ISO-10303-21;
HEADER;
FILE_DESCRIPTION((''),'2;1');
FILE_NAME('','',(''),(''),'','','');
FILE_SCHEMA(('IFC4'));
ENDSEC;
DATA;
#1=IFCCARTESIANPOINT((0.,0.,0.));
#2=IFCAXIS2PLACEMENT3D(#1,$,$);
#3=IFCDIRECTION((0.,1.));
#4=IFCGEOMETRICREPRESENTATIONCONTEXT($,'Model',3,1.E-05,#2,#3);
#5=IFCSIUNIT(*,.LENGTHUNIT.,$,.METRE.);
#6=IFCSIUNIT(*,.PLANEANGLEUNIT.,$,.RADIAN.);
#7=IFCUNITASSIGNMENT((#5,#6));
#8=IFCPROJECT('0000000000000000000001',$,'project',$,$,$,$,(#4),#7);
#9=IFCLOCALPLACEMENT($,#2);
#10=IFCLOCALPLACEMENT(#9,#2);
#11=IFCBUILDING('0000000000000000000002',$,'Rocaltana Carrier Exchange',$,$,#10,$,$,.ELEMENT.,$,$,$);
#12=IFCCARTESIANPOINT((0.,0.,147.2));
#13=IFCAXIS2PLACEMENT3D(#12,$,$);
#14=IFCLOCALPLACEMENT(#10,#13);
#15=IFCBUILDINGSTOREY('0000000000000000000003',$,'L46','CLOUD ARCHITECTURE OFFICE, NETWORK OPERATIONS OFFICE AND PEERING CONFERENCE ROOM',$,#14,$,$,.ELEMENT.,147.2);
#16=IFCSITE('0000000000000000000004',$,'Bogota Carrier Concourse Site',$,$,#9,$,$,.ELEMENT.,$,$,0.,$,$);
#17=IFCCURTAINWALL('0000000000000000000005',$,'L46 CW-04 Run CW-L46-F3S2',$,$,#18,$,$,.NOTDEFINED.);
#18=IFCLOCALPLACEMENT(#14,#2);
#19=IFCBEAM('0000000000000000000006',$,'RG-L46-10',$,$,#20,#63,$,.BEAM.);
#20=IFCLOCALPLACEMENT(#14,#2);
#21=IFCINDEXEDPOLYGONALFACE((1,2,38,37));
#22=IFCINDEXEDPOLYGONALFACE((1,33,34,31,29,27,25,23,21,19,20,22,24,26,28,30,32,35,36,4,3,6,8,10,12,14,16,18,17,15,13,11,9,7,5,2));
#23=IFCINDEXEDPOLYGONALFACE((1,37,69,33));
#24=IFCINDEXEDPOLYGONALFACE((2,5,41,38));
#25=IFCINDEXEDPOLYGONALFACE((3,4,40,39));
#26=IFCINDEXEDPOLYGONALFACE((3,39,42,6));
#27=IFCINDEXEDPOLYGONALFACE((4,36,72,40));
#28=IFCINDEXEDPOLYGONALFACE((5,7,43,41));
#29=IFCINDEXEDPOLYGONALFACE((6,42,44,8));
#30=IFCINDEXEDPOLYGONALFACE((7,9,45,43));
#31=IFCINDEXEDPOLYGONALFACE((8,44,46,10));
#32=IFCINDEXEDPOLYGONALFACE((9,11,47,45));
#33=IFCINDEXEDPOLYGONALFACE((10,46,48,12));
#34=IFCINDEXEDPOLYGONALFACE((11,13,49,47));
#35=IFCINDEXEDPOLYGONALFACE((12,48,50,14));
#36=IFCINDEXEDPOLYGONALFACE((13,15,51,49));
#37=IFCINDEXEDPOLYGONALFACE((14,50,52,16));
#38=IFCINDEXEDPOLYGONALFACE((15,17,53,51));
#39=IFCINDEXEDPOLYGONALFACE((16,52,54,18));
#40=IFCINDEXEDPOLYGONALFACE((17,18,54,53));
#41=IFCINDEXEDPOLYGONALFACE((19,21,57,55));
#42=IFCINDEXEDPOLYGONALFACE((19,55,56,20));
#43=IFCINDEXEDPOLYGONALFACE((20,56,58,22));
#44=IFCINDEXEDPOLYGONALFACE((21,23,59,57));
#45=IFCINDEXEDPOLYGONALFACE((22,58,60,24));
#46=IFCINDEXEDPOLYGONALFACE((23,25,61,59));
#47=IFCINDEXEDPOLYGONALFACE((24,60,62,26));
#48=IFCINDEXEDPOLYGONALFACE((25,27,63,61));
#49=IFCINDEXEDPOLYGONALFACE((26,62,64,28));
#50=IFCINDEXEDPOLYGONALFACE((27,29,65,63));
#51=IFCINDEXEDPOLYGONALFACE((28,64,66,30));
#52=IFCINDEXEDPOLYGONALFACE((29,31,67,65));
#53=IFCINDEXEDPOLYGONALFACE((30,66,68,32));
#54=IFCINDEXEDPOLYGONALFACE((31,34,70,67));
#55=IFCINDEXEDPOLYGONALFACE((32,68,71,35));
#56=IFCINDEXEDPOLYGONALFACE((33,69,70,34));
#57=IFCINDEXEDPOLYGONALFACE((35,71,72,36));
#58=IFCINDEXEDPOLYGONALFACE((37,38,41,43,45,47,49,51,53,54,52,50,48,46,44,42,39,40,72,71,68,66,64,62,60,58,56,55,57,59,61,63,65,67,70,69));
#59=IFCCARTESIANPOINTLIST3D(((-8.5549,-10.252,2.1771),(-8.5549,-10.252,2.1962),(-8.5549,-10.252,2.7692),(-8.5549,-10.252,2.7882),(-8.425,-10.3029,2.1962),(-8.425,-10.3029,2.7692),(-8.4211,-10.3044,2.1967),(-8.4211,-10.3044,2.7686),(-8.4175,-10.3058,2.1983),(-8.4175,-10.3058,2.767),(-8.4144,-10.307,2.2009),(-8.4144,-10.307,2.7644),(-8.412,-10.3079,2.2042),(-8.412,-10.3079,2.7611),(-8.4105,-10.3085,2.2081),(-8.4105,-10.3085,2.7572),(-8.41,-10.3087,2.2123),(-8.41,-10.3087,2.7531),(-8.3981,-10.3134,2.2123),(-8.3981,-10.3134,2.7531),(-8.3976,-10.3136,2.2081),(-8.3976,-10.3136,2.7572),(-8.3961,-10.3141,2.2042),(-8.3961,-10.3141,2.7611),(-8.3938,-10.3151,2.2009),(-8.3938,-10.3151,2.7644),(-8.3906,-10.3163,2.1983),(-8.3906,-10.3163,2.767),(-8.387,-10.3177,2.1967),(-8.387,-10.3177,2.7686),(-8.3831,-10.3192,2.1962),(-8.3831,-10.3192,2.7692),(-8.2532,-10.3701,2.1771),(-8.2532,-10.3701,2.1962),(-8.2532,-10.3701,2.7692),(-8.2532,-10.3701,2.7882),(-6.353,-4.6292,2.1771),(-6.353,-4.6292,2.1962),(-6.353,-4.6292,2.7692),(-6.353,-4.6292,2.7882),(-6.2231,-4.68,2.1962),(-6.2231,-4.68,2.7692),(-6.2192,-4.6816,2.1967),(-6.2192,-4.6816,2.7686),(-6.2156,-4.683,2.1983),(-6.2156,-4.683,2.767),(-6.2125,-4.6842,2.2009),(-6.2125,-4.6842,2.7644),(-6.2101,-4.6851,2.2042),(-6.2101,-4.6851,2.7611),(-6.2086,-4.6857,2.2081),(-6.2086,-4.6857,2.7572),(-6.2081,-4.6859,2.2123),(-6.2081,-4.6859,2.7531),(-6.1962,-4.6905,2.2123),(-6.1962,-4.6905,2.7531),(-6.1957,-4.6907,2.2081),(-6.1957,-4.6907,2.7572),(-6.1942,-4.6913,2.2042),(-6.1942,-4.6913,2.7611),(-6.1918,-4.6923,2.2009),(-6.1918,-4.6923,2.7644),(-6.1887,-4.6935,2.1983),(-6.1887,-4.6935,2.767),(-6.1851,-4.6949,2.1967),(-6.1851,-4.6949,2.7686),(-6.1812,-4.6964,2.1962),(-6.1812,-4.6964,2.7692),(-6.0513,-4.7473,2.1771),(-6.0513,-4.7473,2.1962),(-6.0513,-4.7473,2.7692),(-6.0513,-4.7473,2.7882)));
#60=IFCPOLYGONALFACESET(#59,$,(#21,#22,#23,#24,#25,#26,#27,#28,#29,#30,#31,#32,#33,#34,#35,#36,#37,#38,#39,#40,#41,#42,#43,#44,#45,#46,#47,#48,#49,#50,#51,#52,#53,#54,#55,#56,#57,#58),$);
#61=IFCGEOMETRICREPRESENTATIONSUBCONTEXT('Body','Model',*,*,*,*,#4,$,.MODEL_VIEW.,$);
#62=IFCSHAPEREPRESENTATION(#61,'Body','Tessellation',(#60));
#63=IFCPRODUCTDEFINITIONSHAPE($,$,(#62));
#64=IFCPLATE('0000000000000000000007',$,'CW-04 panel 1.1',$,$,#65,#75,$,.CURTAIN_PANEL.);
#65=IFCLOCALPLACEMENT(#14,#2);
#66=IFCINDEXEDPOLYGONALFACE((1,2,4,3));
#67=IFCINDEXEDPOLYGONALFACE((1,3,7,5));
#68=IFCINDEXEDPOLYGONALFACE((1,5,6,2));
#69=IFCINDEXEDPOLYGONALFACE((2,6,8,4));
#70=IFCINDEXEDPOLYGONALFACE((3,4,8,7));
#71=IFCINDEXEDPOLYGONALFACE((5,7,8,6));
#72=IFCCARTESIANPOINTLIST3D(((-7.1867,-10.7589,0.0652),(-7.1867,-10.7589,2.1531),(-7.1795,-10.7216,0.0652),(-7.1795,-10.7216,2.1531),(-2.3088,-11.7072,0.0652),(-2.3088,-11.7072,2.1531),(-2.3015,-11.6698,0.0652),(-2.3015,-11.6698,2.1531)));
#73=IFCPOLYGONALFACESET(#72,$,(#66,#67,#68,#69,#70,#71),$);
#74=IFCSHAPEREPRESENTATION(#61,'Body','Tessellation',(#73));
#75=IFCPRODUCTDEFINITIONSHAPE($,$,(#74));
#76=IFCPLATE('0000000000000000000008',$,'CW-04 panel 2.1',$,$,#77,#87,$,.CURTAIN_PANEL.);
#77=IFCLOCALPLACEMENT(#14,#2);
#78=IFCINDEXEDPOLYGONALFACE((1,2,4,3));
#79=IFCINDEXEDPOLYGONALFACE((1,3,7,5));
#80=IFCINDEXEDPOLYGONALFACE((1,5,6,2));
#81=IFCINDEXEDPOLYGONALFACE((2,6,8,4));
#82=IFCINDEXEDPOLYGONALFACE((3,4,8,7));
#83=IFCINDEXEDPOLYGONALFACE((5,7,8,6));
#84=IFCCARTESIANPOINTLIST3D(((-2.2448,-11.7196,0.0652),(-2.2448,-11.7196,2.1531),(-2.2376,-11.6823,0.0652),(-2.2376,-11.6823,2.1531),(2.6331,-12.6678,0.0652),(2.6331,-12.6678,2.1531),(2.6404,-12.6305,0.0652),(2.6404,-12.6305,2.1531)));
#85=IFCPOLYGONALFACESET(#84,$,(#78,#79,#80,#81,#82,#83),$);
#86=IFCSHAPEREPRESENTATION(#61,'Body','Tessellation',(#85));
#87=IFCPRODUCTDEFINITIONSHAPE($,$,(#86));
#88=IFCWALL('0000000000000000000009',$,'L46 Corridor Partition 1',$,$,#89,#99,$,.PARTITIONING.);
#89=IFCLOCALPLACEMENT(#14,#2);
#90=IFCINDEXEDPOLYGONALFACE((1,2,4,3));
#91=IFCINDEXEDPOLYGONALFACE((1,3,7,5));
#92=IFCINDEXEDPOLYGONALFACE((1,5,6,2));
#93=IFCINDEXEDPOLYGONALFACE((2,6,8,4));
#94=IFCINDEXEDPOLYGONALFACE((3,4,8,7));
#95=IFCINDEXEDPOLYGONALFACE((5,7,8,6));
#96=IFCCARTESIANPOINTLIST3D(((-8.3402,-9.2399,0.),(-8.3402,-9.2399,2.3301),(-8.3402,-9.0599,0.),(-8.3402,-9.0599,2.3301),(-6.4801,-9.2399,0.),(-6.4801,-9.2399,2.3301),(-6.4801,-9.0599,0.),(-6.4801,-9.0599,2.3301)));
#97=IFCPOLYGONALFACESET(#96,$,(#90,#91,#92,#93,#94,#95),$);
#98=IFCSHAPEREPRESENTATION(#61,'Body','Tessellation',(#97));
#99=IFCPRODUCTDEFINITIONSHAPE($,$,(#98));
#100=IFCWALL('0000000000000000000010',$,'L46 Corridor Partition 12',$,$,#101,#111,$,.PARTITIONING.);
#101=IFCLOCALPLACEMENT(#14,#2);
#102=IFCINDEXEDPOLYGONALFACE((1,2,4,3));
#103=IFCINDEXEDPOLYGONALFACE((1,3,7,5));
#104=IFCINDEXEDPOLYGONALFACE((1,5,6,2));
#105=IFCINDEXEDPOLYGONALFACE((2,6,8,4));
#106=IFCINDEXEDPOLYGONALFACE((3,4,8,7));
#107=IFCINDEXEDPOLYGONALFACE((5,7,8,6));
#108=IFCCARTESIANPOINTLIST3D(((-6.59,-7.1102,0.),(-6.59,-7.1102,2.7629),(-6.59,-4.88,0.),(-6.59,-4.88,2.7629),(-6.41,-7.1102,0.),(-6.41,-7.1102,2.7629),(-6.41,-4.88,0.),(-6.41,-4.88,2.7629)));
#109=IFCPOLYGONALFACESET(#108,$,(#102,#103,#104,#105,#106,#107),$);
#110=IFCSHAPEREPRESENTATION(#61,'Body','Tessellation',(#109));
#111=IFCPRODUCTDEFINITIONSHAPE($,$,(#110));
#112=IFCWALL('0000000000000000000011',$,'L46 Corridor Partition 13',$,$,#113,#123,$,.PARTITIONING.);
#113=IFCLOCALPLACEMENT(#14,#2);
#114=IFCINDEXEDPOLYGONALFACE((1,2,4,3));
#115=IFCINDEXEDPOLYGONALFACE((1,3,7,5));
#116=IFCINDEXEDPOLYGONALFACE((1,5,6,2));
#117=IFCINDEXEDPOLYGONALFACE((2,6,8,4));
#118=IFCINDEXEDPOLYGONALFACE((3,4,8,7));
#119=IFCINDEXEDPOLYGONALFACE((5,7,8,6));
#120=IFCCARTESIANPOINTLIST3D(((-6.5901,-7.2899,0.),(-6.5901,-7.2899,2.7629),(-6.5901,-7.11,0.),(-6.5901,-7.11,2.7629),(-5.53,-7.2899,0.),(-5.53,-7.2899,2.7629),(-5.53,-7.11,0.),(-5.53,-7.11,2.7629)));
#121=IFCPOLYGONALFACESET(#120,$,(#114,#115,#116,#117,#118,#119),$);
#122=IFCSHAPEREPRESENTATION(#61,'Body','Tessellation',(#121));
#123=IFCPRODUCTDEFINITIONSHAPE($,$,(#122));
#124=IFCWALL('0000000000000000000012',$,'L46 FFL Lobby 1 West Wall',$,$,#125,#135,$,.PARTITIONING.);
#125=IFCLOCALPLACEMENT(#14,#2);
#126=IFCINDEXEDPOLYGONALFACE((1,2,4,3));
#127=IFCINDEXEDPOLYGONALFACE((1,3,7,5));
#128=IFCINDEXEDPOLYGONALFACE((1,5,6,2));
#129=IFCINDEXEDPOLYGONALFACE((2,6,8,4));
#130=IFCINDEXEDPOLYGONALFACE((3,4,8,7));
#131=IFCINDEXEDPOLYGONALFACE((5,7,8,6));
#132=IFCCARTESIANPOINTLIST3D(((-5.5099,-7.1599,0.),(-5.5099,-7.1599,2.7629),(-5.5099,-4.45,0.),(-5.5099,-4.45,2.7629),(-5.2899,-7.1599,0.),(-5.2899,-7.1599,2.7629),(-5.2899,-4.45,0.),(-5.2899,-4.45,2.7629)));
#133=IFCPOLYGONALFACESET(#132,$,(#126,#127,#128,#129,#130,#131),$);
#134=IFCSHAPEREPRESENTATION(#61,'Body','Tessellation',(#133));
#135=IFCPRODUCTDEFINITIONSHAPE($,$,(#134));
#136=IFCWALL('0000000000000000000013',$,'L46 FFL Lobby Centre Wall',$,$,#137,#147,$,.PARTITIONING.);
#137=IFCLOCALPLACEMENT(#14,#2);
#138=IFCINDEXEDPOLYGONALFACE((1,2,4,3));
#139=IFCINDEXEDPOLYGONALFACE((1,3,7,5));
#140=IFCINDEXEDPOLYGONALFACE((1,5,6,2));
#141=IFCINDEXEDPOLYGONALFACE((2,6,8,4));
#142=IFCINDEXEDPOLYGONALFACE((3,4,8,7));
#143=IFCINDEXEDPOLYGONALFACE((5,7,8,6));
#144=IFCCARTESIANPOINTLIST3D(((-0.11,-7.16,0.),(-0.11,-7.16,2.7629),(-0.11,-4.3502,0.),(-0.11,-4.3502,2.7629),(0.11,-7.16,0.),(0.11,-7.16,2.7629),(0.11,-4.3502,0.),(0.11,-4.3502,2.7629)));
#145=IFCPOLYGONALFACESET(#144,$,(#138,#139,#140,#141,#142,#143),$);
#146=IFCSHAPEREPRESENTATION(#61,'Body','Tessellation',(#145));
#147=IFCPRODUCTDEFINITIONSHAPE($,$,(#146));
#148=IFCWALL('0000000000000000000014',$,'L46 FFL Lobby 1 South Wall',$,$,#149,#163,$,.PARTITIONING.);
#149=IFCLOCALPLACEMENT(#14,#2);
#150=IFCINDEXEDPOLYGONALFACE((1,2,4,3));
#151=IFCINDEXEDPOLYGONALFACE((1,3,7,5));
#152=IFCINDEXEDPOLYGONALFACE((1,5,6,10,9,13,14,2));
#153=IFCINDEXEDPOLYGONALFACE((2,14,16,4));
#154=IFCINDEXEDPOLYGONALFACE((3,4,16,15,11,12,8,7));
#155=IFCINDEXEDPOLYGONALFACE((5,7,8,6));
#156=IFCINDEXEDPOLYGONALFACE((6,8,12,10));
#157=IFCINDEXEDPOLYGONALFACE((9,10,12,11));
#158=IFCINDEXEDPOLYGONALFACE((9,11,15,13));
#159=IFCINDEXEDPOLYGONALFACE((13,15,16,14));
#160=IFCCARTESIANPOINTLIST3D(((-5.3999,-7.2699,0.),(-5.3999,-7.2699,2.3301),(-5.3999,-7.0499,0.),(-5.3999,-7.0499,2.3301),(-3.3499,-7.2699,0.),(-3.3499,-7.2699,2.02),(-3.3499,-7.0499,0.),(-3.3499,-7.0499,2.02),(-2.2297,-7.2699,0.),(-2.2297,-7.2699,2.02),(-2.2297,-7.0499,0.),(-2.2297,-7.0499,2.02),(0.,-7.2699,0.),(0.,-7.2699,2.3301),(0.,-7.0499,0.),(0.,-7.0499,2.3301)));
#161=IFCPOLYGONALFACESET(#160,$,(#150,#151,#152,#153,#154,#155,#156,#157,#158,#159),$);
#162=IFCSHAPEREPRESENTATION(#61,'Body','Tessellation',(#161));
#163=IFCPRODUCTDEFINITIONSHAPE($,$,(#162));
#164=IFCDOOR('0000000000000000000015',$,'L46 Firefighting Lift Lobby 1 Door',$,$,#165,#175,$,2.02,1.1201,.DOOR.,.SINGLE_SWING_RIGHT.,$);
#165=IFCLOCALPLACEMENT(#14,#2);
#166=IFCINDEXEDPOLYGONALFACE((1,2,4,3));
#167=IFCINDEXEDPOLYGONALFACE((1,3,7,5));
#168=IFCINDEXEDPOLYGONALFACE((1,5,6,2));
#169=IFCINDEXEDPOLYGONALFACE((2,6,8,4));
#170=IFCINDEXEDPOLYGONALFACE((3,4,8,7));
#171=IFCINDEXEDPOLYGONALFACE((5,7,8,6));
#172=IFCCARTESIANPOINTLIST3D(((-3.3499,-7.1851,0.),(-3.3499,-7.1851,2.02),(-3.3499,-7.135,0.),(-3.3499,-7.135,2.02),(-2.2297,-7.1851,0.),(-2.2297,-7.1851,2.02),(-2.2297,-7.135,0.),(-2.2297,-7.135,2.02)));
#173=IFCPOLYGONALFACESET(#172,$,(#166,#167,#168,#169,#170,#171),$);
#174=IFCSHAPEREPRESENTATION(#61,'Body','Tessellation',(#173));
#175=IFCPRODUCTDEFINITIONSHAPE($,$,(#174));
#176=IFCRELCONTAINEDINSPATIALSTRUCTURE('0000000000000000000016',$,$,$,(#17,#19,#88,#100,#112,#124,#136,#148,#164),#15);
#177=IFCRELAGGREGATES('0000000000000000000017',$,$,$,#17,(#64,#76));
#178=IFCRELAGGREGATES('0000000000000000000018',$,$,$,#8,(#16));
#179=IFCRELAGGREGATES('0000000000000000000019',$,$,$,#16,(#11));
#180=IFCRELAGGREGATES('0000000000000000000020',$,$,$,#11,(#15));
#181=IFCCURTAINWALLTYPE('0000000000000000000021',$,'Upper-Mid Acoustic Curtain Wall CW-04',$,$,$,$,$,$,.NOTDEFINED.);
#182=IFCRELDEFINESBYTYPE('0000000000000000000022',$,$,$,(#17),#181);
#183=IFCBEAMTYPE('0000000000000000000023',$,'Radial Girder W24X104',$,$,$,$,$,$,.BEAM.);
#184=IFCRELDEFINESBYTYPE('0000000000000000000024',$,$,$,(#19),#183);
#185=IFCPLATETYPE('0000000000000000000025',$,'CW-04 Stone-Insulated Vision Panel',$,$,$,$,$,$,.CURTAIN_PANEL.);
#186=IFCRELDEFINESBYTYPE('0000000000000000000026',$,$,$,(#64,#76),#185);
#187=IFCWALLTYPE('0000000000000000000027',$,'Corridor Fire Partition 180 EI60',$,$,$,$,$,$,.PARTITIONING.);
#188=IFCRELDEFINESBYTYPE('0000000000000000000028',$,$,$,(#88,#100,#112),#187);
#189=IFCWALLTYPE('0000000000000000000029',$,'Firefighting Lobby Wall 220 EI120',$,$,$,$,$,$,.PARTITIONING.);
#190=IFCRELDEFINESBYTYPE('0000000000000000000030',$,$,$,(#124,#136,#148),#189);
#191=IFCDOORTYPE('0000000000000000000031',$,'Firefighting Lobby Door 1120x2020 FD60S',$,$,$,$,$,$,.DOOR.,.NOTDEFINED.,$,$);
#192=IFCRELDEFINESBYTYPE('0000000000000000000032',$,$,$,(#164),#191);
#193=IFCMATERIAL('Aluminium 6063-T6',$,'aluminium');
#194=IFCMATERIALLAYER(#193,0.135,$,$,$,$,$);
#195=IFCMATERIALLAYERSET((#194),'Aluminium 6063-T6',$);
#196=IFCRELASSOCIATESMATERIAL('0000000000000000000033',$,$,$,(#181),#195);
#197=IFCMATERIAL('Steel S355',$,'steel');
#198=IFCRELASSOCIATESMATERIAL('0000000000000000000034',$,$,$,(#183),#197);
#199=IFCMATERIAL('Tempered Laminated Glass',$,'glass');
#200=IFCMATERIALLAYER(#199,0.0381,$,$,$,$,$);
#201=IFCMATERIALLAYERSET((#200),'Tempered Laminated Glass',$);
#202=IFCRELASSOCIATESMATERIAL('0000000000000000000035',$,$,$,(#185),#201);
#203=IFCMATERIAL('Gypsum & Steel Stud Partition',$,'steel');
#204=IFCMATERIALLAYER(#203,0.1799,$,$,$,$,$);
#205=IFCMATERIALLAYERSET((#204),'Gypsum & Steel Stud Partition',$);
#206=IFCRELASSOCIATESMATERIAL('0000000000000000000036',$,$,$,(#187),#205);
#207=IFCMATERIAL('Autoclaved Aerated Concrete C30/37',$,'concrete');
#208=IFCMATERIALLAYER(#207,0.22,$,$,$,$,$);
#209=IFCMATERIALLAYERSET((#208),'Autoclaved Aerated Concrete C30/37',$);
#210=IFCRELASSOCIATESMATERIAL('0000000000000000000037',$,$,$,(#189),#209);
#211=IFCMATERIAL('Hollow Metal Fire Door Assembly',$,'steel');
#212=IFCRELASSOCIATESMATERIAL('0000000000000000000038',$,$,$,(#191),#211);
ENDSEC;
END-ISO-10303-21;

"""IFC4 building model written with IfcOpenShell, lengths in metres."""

from ifc_helpers import new_model, si_unit, direction, frame, frame_2d, origin, origin_2d, place, context, subcontext, project, spatial, rectangle, i_section, extrude, material, layer, layer_set, material_profile, profile_set, type_object, element, fill, aggregate, save


model = new_model("IFC4")

# Units and contexts
model_context = context("Model", 3, precision=1e-05, world=origin(), true_north=direction((0.0, 1.0)))
body_context = subcontext(model_context, "Body", "Model", "MODEL_VIEW")
ifc_project = project(units=[si_unit("LENGTHUNIT", "METRE"), si_unit("PLANEANGLEUNIT", "RADIAN")], contexts=[model_context])

# Site, building, storey
site_placement = place(None, origin())
site = spatial("IfcSite", under=ifc_project, at=site_placement, Name="Bogota Carrier Concourse Site", CompositionType="ELEMENT", RefElevation=0.0)
building_placement = place(site_placement, origin())
building = spatial("IfcBuilding", under=site, at=building_placement, Name="Rocaltana Carrier Exchange", CompositionType="ELEMENT")
storey_placement = place(building_placement, frame((0.0, 0.0, 147.2)))
storey = spatial("IfcBuildingStorey", under=building, at=storey_placement, Name="L46", Description="CLOUD ARCHITECTURE OFFICE, NETWORK OPERATIONS OFFICE AND PEERING CONFERENCE ROOM", CompositionType="ELEMENT", Elevation=147.2)

# Curtain wall
ifc_material_1 = material(Name="Aluminium 6063-T6", Category="aluminium")
ifc_layer_1 = layer(ifc_material_1, 0.135)
ifc_layer_set_1 = layer_set([ifc_layer_1], Name="Aluminium 6063-T6")
curtain_wall_type = type_object("IfcCurtainWallType", Name="Upper-Mid Acoustic Curtain Wall CW-04", PredefinedType="NOTDEFINED", material=ifc_layer_set_1)
curtain_wall_placement = place(storey_placement, origin())
curtain_wall = element("IfcCurtainWall", 1, at=curtain_wall_placement, inside=storey, type_object=curtain_wall_type, Name="L46 CW-04 Run CW-L46-F3S2", PredefinedType="NOTDEFINED")

# Beam
ifc_material_2 = material(Name="Steel S355", Category="steel")
ifc_material_profile_1 = material_profile(ifc_material_2, i_section(OverallWidth=0.324, OverallDepth=0.6111, WebThickness=0.0127, FlangeThickness=0.019, FilletRadius=0.0161, at=origin_2d()), Name="W24X104")
ifc_profile_set_1 = profile_set([ifc_material_profile_1], Name="Steel S355")
beam_type_1 = type_object("IfcBeamType", Name="Radial Girder W24X104", PredefinedType="BEAM", material=ifc_profile_set_1)
beam_1_placement = place(storey_placement, frame((-6.2021, -4.6882, 2.4827), z_axis=(-0.36464, -0.931148, 0.0), x_axis=(0.931148, -0.36464, 0.0)))
element("IfcBeam", 2, at=beam_1_placement, inside=storey, type_object=beam_type_1, Name="RG-L46-10", PredefinedType="BEAM", context=body_context, shape_type="SweptSolid", body=[
    extrude(i_section(OverallWidth=0.324, OverallDepth=0.6111, WebThickness=0.0127, FlangeThickness=0.019, FilletRadius=0.0161, at=origin_2d()), origin(), (0.0, 0.0, 1.0), 6.0386),
])

# Plates
ifc_material_3 = material(Name="Tempered Laminated Glass", Category="glass")
ifc_layer_2 = layer(ifc_material_3, 0.0381)
ifc_layer_set_2 = layer_set([ifc_layer_2], Name="Tempered Laminated Glass")
plate_type = type_object("IfcPlateType", Name="CW-04 Stone-Insulated Vision Panel", PredefinedType="CURTAIN_PANEL", material=ifc_layer_set_2)
plate_1_placement = place(storey_placement, frame((-4.7441, -11.2144, 0.0652), z_axis=(0.0, 0.0, 1.0), x_axis=(0.981626, -0.190815, 0.0)))
plate_1 = element("IfcPlate", 3, at=plate_1_placement, type_object=plate_type, Name="CW-04 panel 1.1", PredefinedType="CURTAIN_PANEL", context=body_context, shape_type="SweptSolid", body=[
    extrude(rectangle(XDim=4.9692, YDim=0.0381, at=origin_2d()), origin(), (0.0, 0.0, 1.0), 2.0879),
])
plate_2_placement = place(storey_placement, frame((0.1978, -12.175, 0.0652), z_axis=(0.0, 0.0, 1.0), x_axis=(0.981626, -0.190815, 0.0)))
plate_2 = element("IfcPlate", 4, at=plate_2_placement, type_object=plate_type, Name="CW-04 panel 2.1", PredefinedType="CURTAIN_PANEL", context=body_context, shape_type="SweptSolid", body=[
    extrude(rectangle(XDim=4.9692, YDim=0.0381, at=origin_2d()), origin(), (0.0, 0.0, 1.0), 2.0879),
])
aggregate(curtain_wall, [plate_1, plate_2])

# Walls
ifc_material_4 = material(Name="Gypsum & Steel Stud Partition", Category="steel")
ifc_layer_3 = layer(ifc_material_4, 0.1799)
ifc_layer_set_3 = layer_set([ifc_layer_3], Name="Gypsum & Steel Stud Partition")
wall_type_1 = type_object("IfcWallType", Name="Corridor Fire Partition 180 EI60", PredefinedType="PARTITIONING", material=ifc_layer_set_3)
wall_1_placement = place(storey_placement, frame((-6.48, -9.1499, 0.0), z_axis=(0.0, 0.0, 1.0), x_axis=(-1.0, 0.0, 0.0)))
element("IfcWall", 5, at=wall_1_placement, inside=storey, type_object=wall_type_1, Name="L46 Corridor Partition 1", PredefinedType="PARTITIONING", context=body_context, shape_type="SweptSolid", body=[
    extrude(rectangle(XDim=1.8601, YDim=0.1799, at=frame_2d((0.9302, 0.0))), origin(), (0.0, 0.0, 1.0), 2.3301),
])
wall_2_placement = place(storey_placement, frame((-6.5, -4.8799, 0.0), z_axis=(0.0, 0.0, 1.0), x_axis=(0.0, -1.0, 0.0)))
element("IfcWall", 6, at=wall_2_placement, inside=storey, type_object=wall_type_1, Name="L46 Corridor Partition 12", PredefinedType="PARTITIONING", context=body_context, shape_type="SweptSolid", body=[
    extrude(rectangle(XDim=2.2302, YDim=0.1799, at=frame_2d((1.1152, 0.0))), origin(), (0.0, 0.0, 1.0), 2.7629),
])
wall_3_placement = place(storey_placement, frame((-6.5901, -7.2, 0.0), z_axis=(0.0, 0.0, 1.0), x_axis=(1.0, 0.0, 0.0)))
element("IfcWall", 7, at=wall_3_placement, inside=storey, type_object=wall_type_1, Name="L46 Corridor Partition 13", PredefinedType="PARTITIONING", context=body_context, shape_type="SweptSolid", body=[
    extrude(rectangle(XDim=1.0601, YDim=0.1799, at=frame_2d((0.53, 0.0))), origin(), (0.0, 0.0, 1.0), 2.7629),
])
ifc_material_5 = material(Name="Autoclaved Aerated Concrete C30/37", Category="concrete")
ifc_layer_4 = layer(ifc_material_5, 0.22)
ifc_layer_set_4 = layer_set([ifc_layer_4], Name="Autoclaved Aerated Concrete C30/37")
wall_type_2 = type_object("IfcWallType", Name="Firefighting Lobby Wall 220 EI120", PredefinedType="PARTITIONING", material=ifc_layer_set_4)
wall_4_placement = place(storey_placement, frame((-5.3999, -7.1599, 0.0), z_axis=(0.0, 0.0, 1.0), x_axis=(0.0, 1.0, 0.0)))
element("IfcWall", 8, at=wall_4_placement, inside=storey, type_object=wall_type_2, Name="L46 FFL Lobby 1 West Wall", PredefinedType="PARTITIONING", context=body_context, shape_type="SweptSolid", body=[
    extrude(rectangle(XDim=2.71, YDim=0.22, at=frame_2d((1.355, 0.0))), origin(), (0.0, 0.0, 1.0), 2.7629),
])
wall_5_placement = place(storey_placement, frame((0.0, -7.1599, 0.0), z_axis=(0.0, 0.0, 1.0), x_axis=(0.0, 1.0, 0.0)))
element("IfcWall", 9, at=wall_5_placement, inside=storey, type_object=wall_type_2, Name="L46 FFL Lobby Centre Wall", PredefinedType="PARTITIONING", context=body_context, shape_type="SweptSolid", body=[
    extrude(rectangle(XDim=2.8098, YDim=0.22, at=frame_2d((1.4048, 0.0))), origin(), (0.0, 0.0, 1.0), 2.7629),
])

# Wall, opening, door
wall_6_placement = place(storey_placement, frame((-5.3999, -7.1599, 0.0), z_axis=(0.0, 0.0, 1.0), x_axis=(1.0, 0.0, 0.0)))
wall_6 = element("IfcWall", 10, at=wall_6_placement, inside=storey, type_object=wall_type_2, Name="L46 FFL Lobby 1 South Wall", PredefinedType="PARTITIONING", context=body_context, shape_type="SweptSolid", body=[
    extrude(rectangle(XDim=5.3999, YDim=0.22, at=frame_2d((2.7, 0.0))), origin(), (0.0, 0.0, 1.0), 2.3301),
])
opening_1_placement = place(wall_6_placement, frame((2.05, 0.0, 0.0)))
opening_1 = element("IfcOpeningElement", 11, at=opening_1_placement, cuts=wall_6, PredefinedType="OPENING", context=body_context, shape_type="SweptSolid", body=[
    extrude(rectangle(XDim=1.1201, YDim=2.02, at=frame_2d((0.5601, 1.01))), frame((0.0, 0.1199, 0.0), z_axis=(0.0, -1.0, 0.0), x_axis=(1.0, 0.0, 0.0)), (0.0, 0.0, 1.0), 0.24),
])
ifc_material_6 = material(Name="Hollow Metal Fire Door Assembly", Category="steel")
door_type = type_object("IfcDoorType", Name="Firefighting Lobby Door 1120x2020 FD60S", OperationType="NOTDEFINED", PredefinedType="DOOR", material=ifc_material_6)
door_1_placement = place(opening_1_placement, origin())
door_1 = element("IfcDoor", 12, at=door_1_placement, inside=storey, type_object=door_type, Name="L46 Firefighting Lift Lobby 1 Door", OperationType="SINGLE_SWING_RIGHT", OverallHeight=2.02, OverallWidth=1.1201, PredefinedType="DOOR", context=body_context, shape_type="SweptSolid", body=[
    extrude(rectangle(XDim=1.1201, YDim=2.02, at=frame_2d((0.5601, 1.01))), frame((0.0, 0.0249, 0.0), z_axis=(0.0, -1.0, 0.0), x_axis=(1.0, 0.0, 0.0)), (0.0, 0.0, 1.0), 0.05),
])
fill(opening_1, door_1)

save(model, "model.ifc")
